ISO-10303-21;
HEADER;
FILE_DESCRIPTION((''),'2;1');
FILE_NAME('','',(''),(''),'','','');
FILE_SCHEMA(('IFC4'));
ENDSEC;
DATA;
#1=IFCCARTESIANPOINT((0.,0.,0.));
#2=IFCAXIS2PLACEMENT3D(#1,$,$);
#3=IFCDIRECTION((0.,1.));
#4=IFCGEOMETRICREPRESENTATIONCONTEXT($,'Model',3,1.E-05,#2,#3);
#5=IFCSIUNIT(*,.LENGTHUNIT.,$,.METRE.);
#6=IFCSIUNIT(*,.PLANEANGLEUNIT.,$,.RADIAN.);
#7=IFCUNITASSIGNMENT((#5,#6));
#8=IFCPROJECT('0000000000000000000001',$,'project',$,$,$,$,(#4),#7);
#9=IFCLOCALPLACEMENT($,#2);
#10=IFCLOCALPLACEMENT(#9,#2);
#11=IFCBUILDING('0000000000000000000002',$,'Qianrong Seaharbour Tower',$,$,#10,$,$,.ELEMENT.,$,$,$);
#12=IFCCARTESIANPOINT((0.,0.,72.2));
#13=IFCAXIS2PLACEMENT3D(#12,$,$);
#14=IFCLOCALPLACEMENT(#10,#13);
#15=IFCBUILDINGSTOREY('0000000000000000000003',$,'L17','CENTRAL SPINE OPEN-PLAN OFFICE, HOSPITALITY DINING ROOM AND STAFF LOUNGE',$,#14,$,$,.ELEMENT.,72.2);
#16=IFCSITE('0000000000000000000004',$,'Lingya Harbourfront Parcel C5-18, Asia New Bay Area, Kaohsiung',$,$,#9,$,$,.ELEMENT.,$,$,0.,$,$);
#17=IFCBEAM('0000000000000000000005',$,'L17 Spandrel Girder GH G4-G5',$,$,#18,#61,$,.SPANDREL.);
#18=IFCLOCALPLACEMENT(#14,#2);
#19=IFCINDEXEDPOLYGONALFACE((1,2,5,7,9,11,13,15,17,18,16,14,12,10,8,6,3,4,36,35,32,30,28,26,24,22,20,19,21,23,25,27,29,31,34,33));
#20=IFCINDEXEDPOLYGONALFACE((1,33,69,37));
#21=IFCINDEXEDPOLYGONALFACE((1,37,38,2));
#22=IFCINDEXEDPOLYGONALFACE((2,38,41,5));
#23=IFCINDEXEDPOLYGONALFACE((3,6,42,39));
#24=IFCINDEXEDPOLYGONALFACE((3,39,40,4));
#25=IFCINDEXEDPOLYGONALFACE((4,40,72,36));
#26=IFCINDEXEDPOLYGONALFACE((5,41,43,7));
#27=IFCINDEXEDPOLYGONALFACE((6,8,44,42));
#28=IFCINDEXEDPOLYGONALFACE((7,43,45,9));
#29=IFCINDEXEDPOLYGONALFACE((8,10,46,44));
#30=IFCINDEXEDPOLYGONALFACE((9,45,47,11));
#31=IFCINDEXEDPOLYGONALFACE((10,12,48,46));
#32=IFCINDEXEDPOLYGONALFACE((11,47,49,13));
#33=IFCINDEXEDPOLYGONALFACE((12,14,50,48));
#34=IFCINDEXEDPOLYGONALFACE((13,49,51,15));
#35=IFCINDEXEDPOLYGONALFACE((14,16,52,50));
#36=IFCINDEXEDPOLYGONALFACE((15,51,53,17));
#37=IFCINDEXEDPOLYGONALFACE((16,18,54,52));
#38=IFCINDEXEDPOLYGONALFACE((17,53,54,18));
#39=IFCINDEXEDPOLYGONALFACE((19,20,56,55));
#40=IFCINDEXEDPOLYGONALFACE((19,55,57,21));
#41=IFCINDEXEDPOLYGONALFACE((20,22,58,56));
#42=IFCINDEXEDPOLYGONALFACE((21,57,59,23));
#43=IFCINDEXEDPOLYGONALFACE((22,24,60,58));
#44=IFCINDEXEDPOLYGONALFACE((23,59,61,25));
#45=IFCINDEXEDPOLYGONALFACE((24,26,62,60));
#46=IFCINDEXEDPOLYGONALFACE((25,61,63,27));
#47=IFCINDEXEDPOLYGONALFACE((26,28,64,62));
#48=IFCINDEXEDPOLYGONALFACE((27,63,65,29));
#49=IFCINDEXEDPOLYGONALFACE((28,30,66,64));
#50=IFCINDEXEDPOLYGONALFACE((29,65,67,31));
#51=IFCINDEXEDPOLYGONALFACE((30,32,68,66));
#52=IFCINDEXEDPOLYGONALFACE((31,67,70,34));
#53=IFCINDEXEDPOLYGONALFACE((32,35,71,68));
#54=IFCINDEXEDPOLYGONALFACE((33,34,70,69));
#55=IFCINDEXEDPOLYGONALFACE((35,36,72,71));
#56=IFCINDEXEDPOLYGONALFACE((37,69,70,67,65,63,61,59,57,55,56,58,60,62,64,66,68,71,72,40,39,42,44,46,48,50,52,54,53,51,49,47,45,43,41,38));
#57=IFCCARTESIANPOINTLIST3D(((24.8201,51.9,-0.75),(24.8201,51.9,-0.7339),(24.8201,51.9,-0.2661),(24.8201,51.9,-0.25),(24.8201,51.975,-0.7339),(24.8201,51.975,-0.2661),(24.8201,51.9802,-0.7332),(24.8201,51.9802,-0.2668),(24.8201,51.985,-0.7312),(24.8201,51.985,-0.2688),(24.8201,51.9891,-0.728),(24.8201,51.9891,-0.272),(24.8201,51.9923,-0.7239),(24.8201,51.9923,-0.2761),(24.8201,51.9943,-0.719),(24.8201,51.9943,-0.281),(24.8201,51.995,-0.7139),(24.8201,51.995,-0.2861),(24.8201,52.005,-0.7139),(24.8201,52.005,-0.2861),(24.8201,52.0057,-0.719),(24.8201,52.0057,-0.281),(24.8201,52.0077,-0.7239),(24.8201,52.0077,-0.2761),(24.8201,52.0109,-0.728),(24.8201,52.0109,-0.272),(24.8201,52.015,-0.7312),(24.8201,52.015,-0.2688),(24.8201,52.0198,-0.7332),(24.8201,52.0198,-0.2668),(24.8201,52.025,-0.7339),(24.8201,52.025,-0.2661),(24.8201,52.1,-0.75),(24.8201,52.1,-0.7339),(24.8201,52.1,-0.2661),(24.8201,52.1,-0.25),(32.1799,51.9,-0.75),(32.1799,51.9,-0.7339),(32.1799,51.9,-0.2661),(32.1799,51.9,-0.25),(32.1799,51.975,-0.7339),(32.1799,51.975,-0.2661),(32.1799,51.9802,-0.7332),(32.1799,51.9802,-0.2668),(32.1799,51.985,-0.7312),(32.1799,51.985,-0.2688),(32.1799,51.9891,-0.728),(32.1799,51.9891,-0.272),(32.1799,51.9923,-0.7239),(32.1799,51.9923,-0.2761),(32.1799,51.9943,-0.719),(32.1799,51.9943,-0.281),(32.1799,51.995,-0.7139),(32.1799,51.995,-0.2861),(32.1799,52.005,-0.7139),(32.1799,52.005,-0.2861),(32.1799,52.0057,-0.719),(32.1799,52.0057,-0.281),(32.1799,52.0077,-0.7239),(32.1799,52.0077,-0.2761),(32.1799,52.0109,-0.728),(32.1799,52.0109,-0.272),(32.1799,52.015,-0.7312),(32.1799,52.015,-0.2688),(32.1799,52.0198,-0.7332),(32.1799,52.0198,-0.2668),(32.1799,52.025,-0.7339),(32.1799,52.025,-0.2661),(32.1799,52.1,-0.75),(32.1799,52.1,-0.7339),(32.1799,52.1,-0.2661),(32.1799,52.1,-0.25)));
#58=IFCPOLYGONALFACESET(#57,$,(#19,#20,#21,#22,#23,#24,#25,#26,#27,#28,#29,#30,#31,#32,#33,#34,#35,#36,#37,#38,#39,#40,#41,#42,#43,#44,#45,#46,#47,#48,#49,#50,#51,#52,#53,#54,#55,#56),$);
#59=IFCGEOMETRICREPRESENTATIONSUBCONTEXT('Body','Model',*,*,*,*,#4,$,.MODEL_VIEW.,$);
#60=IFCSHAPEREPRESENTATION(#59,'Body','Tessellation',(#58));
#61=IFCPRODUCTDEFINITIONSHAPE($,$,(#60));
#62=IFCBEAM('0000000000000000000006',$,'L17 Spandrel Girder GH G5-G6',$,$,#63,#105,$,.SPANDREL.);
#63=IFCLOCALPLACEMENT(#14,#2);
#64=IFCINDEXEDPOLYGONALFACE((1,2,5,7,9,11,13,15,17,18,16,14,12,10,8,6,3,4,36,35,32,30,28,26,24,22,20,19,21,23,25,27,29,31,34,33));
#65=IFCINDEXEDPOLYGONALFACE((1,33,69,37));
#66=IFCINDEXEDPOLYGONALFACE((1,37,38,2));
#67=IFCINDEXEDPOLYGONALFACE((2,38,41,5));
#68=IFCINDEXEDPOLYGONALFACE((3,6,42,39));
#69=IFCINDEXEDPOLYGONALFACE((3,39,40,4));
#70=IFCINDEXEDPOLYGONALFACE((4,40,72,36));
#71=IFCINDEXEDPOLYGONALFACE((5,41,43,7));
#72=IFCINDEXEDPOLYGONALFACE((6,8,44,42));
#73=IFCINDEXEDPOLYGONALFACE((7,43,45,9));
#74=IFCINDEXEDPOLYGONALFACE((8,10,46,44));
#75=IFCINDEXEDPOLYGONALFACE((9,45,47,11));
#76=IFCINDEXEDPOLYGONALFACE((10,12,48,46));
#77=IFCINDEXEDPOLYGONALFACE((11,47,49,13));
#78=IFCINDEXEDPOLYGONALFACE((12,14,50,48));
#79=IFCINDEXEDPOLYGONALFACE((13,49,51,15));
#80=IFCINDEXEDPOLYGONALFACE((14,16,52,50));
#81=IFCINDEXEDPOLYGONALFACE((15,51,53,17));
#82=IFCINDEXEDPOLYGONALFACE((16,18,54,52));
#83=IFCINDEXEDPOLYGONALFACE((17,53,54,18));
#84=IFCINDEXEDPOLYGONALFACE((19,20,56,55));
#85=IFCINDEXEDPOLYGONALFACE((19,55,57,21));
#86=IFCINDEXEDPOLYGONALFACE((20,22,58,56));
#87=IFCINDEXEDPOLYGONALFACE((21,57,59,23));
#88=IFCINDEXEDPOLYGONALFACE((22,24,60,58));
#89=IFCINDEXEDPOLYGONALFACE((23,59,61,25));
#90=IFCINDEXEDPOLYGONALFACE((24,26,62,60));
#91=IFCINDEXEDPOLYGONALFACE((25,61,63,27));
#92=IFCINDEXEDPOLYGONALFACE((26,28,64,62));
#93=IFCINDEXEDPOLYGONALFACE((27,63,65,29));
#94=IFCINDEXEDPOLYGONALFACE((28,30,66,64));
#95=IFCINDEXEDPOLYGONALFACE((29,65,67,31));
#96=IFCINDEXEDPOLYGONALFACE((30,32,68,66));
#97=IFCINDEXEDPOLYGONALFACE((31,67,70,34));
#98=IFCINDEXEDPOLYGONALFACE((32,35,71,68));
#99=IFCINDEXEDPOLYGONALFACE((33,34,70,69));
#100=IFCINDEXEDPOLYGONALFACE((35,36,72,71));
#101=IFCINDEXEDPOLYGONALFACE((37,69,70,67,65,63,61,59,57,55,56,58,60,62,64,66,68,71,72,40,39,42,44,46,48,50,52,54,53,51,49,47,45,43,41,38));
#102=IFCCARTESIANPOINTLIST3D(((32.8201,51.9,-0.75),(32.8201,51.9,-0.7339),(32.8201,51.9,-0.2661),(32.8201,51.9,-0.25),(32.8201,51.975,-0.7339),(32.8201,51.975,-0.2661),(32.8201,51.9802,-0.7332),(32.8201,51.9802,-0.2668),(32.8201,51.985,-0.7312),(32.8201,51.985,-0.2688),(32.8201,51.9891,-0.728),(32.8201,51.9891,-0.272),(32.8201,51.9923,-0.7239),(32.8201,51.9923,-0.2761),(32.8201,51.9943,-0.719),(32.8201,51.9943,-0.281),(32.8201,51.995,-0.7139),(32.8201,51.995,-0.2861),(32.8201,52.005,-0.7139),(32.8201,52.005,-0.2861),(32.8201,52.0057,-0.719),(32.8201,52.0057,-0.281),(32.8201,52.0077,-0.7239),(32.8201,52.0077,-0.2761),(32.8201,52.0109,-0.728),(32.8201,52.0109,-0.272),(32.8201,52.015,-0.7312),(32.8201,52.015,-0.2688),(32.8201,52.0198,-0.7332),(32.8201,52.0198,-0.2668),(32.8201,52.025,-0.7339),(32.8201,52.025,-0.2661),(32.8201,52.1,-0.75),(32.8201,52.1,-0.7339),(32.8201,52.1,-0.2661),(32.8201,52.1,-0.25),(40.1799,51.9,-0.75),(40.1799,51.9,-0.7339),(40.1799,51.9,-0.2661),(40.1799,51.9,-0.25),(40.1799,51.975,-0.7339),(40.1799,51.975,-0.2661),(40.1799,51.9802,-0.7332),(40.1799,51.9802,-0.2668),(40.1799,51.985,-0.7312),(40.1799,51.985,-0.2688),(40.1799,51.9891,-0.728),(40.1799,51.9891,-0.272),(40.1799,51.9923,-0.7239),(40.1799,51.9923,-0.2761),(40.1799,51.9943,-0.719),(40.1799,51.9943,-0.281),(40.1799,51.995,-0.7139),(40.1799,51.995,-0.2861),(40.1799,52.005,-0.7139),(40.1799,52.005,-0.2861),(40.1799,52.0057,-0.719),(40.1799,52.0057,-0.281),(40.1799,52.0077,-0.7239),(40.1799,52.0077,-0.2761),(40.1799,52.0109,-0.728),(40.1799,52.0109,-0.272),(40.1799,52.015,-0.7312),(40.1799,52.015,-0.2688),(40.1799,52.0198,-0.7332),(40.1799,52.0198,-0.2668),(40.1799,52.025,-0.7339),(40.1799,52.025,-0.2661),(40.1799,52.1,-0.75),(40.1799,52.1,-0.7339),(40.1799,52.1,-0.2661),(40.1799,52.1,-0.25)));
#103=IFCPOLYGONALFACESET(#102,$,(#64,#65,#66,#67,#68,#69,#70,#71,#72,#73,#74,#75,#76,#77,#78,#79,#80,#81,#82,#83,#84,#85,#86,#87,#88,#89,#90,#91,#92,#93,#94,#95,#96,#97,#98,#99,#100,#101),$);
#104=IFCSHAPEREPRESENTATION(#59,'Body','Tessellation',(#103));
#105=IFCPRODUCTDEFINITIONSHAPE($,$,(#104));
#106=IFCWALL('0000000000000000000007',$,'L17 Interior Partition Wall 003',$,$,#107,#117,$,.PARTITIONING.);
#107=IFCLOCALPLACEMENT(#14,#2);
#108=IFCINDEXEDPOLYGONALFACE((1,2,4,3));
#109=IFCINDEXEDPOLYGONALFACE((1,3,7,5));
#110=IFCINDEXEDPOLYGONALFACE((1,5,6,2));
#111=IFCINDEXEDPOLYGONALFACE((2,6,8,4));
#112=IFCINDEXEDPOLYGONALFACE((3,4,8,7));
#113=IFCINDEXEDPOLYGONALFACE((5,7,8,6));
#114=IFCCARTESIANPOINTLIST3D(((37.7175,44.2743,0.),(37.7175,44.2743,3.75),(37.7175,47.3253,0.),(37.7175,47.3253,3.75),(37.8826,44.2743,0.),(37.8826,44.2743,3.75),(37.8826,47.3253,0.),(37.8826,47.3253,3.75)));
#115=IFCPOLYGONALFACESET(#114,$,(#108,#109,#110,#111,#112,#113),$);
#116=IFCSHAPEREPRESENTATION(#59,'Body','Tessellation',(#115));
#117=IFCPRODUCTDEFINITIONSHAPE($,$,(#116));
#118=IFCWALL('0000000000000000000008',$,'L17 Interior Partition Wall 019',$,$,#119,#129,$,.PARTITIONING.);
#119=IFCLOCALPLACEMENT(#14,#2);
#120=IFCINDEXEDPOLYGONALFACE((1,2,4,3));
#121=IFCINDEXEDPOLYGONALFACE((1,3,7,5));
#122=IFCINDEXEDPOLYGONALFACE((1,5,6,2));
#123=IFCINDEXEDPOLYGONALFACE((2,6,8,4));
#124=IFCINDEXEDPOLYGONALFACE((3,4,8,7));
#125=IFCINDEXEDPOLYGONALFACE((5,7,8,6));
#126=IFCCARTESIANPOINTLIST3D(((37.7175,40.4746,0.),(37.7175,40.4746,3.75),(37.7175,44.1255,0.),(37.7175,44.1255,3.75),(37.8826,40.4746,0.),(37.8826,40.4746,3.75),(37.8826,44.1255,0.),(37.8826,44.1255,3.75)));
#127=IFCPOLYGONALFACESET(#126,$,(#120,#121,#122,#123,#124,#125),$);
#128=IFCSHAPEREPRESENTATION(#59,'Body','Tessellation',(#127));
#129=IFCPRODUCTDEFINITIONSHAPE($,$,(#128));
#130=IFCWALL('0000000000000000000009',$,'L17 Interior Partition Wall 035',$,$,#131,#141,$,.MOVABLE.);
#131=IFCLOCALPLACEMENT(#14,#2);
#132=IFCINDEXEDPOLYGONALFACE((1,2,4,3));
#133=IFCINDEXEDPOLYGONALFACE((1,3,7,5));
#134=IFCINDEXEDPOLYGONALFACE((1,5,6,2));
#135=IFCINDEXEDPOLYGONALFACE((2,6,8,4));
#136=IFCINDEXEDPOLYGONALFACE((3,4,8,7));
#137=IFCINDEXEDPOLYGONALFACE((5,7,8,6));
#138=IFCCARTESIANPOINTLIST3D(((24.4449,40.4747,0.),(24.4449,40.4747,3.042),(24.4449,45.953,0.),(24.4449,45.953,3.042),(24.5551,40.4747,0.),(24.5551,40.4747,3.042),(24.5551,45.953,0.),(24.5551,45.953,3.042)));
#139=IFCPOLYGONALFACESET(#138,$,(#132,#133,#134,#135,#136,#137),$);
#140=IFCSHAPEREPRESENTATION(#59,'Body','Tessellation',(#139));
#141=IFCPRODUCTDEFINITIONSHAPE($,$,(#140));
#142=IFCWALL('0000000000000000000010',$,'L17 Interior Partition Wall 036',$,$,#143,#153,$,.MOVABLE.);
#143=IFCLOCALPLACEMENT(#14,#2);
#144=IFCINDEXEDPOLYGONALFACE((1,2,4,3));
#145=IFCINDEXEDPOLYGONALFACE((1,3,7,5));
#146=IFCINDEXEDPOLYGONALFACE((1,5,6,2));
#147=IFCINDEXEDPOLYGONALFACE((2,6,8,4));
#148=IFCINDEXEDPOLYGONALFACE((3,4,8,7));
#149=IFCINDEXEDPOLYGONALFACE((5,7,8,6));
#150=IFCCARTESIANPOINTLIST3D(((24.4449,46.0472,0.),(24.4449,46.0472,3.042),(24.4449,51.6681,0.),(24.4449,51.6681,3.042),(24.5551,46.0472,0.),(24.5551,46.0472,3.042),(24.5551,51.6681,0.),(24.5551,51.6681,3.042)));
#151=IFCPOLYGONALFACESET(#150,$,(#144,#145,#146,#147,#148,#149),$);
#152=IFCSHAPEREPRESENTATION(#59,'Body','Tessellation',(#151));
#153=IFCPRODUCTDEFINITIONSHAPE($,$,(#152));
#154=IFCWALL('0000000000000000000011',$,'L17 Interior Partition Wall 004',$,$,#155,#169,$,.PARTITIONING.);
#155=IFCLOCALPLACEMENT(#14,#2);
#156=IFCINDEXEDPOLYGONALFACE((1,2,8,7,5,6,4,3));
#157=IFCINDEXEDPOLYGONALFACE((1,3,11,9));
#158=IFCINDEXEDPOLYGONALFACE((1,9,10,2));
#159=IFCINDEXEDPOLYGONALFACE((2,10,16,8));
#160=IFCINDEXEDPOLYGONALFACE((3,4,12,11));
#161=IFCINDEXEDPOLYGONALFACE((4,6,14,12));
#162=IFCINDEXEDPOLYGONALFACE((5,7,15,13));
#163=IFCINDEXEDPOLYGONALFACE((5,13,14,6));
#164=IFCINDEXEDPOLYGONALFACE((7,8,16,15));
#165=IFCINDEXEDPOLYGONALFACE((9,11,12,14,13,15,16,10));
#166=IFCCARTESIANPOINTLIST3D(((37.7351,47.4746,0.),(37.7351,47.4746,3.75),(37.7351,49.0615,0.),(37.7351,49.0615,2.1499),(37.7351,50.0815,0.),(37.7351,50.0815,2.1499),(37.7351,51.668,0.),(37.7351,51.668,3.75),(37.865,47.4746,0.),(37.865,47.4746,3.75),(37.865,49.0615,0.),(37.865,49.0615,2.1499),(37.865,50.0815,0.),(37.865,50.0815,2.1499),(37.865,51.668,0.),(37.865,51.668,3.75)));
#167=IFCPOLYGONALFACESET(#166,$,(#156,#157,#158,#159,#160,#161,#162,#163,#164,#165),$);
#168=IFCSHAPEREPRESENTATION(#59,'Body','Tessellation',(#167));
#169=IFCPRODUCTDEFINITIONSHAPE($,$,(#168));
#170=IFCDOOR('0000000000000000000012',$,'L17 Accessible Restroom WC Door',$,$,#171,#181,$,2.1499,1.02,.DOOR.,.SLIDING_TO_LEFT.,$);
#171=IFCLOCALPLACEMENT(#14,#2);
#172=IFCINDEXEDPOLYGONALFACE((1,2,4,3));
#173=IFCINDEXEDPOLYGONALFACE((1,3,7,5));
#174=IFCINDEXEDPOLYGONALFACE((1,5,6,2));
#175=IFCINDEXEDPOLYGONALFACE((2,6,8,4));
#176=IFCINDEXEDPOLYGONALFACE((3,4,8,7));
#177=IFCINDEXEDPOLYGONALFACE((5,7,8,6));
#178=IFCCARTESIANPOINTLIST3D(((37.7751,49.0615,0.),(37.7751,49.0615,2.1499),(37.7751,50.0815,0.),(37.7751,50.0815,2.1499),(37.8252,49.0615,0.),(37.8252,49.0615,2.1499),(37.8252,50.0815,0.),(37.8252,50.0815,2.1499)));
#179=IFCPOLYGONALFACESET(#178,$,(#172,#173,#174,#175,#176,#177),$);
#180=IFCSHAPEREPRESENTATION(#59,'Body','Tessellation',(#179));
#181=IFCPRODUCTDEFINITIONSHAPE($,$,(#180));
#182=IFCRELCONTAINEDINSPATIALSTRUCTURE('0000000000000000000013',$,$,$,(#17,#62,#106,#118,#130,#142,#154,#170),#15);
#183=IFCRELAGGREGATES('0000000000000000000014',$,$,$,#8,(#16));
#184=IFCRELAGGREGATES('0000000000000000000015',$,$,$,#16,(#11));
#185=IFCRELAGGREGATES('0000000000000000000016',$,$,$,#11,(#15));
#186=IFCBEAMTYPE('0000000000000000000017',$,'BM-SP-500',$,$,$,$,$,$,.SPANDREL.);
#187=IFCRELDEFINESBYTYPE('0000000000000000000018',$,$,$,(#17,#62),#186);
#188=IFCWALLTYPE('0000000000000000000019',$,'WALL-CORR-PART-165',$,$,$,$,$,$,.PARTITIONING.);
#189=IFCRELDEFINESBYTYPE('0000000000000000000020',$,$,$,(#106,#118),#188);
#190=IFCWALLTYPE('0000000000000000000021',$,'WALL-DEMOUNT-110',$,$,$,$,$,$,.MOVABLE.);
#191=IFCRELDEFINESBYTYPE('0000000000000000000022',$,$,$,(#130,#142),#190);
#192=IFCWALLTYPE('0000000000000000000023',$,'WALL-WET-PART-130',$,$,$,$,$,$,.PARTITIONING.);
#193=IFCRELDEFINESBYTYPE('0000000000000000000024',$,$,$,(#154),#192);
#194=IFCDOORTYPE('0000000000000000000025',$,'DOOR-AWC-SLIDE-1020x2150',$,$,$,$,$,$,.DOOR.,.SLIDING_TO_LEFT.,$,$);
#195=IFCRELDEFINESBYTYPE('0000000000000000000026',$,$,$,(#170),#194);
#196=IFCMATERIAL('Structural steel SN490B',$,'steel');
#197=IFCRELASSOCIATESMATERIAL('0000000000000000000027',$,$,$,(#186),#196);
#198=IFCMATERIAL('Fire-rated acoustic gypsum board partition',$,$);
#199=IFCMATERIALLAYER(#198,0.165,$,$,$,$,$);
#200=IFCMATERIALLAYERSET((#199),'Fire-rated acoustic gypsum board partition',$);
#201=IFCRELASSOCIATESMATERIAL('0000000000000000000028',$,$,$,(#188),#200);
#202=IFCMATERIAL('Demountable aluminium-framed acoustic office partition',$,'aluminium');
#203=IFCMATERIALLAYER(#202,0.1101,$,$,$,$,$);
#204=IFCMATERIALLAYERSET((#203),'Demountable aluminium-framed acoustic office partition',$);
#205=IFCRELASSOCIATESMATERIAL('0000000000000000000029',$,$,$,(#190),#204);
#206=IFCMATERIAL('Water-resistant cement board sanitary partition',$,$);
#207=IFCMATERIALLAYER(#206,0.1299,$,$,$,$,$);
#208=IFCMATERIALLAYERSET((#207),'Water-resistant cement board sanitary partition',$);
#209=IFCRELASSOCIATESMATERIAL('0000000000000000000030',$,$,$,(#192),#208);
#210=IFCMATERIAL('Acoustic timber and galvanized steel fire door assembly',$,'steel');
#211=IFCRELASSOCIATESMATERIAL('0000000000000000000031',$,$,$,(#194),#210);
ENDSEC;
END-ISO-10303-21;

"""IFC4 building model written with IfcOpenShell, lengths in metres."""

from ifc_helpers import new_model, si_unit, direction, frame, frame_2d, origin, origin_2d, place, context, subcontext, project, spatial, rectangle, i_section, extrude, material, layer, layer_set, material_profile, profile_set, type_object, element, fill, save


model = new_model("IFC4")

# Units and contexts
model_context = context("Model", 3, precision=1e-05, world=origin(), true_north=direction((0.0, 1.0)))
body_context = subcontext(model_context, "Body", "Model", "MODEL_VIEW")
ifc_project = project(units=[si_unit("LENGTHUNIT", "METRE"), si_unit("PLANEANGLEUNIT", "RADIAN")], contexts=[model_context])

# Site, building, storey
site_placement = place(None, origin())
site = spatial("IfcSite", under=ifc_project, at=site_placement, Name="Lingya Harbourfront Parcel C5-18, Asia New Bay Area, Kaohsiung", CompositionType="ELEMENT", RefElevation=0.0)
building_placement = place(site_placement, origin())
building = spatial("IfcBuilding", under=site, at=building_placement, Name="Qianrong Seaharbour Tower", CompositionType="ELEMENT")
storey_placement = place(building_placement, frame((0.0, 0.0, 72.2)))
storey = spatial("IfcBuildingStorey", under=building, at=storey_placement, Name="L17", Description="CENTRAL SPINE OPEN-PLAN OFFICE, HOSPITALITY DINING ROOM AND STAFF LOUNGE", CompositionType="ELEMENT", Elevation=72.2)

# Shared definitions
ifc_material_1 = material(Name="Structural steel SN490B", Category="steel")

# Beams
ifc_material_profile_1 = material_profile(ifc_material_1, i_section(OverallWidth=0.2, OverallDepth=0.5, WebThickness=0.01, FlangeThickness=0.0161, FilletRadius=0.02, at=origin_2d()), Name="H500x200x10x16")
ifc_profile_set_1 = profile_set([ifc_material_profile_1], Name="Structural steel SN490B")
beam_type_1 = type_object("IfcBeamType", Name="BM-SP-500", PredefinedType="SPANDREL", material=ifc_profile_set_1)
for number, where, z_axis, x_axis, name in (
    (1, (24.8201, 52.0, -0.5), (1.0, 0.0, 0.0), (0.0, 1.0, 0.0), "L17 Spandrel Girder GH G4-G5"),
    (2, (32.8201, 52.0, -0.5), (1.0, 0.0, 0.0), (0.0, 1.0, 0.0), "L17 Spandrel Girder GH G5-G6"),
):
    element("IfcBeam", number, at=place(storey_placement, frame(where, z_axis=z_axis, x_axis=x_axis)), inside=storey, type_object=beam_type_1, Name=name, PredefinedType="SPANDREL", context=body_context, shape_type="SweptSolid", body=[
        extrude(i_section(OverallWidth=0.2, OverallDepth=0.5, WebThickness=0.01, FlangeThickness=0.0161, FilletRadius=0.02, at=origin_2d()), origin(), (0.0, 0.0, 1.0), 7.3599),
    ])

# Shared definitions
ifc_material_2 = material(Name="Fire-rated acoustic gypsum board partition")
ifc_layer_1 = layer(ifc_material_2, 0.165)
ifc_layer_set_1 = layer_set([ifc_layer_1], Name="Fire-rated acoustic gypsum board partition")
wall_type_1 = type_object("IfcWallType", Name="WALL-CORR-PART-165", PredefinedType="PARTITIONING", material=ifc_layer_set_1)
ifc_material_3 = material(Name="Acoustic timber and galvanized steel fire door assembly", Category="steel")

# Walls
wall_1_placement = place(storey_placement, frame((37.8, 44.2744, 0.0), z_axis=(0.0, 0.0, 1.0), x_axis=(0.0, 1.0, 0.0)))
element("IfcWall", 3, at=wall_1_placement, inside=storey, type_object=wall_type_1, Name="L17 Interior Partition Wall 003", PredefinedType="PARTITIONING", context=body_context, shape_type="SweptSolid", body=[
    extrude(rectangle(XDim=3.051, YDim=0.165, at=frame_2d((1.5254, 0.0))), origin(), (0.0, 0.0, 1.0), 3.75),
])
wall_2_placement = place(storey_placement, frame((37.8, 40.4746, 0.0), z_axis=(0.0, 0.0, 1.0), x_axis=(0.0, 1.0, 0.0)))
element("IfcWall", 4, at=wall_2_placement, inside=storey, type_object=wall_type_1, Name="L17 Interior Partition Wall 019", PredefinedType="PARTITIONING", context=body_context, shape_type="SweptSolid", body=[
    extrude(rectangle(XDim=3.6509, YDim=0.165, at=frame_2d((1.8254, 0.0))), origin(), (0.0, 0.0, 1.0), 3.75),
])
ifc_material_4 = material(Name="Demountable aluminium-framed acoustic office partition", Category="aluminium")
ifc_layer_2 = layer(ifc_material_4, 0.1101)
ifc_layer_set_2 = layer_set([ifc_layer_2], Name="Demountable aluminium-framed acoustic office partition")
wall_type_2 = type_object("IfcWallType", Name="WALL-DEMOUNT-110", PredefinedType="MOVABLE", material=ifc_layer_set_2)
wall_3_placement = place(storey_placement, frame((24.5, 40.4746, 0.0), z_axis=(0.0, 0.0, 1.0), x_axis=(0.0, 1.0, 0.0)))
element("IfcWall", 5, at=wall_3_placement, inside=storey, type_object=wall_type_2, Name="L17 Interior Partition Wall 035", PredefinedType="MOVABLE", context=body_context, shape_type="SweptSolid", body=[
    extrude(rectangle(XDim=5.4783, YDim=0.1101, at=frame_2d((2.7393, 0.0))), origin(), (0.0, 0.0, 1.0), 3.042),
])
wall_4_placement = place(storey_placement, frame((24.5, 46.0471, 0.0), z_axis=(0.0, 0.0, 1.0), x_axis=(0.0, 1.0, 0.0)))
element("IfcWall", 6, at=wall_4_placement, inside=storey, type_object=wall_type_2, Name="L17 Interior Partition Wall 036", PredefinedType="MOVABLE", context=body_context, shape_type="SweptSolid", body=[
    extrude(rectangle(XDim=5.6208, YDim=0.1101, at=frame_2d((2.8105, 0.0))), origin(), (0.0, 0.0, 1.0), 3.042),
])

# Wall, opening, door
ifc_material_5 = material(Name="Water-resistant cement board sanitary partition")
ifc_layer_3 = layer(ifc_material_5, 0.1299)
ifc_layer_set_3 = layer_set([ifc_layer_3], Name="Water-resistant cement board sanitary partition")
wall_type_3 = type_object("IfcWallType", Name="WALL-WET-PART-130", PredefinedType="PARTITIONING", material=ifc_layer_set_3)
wall_5_placement = place(storey_placement, frame((37.8, 47.4746, 0.0), z_axis=(0.0, 0.0, 1.0), x_axis=(0.0, 1.0, 0.0)))
wall_5 = element("IfcWall", 7, at=wall_5_placement, inside=storey, type_object=wall_type_3, Name="L17 Interior Partition Wall 004", PredefinedType="PARTITIONING", context=body_context, shape_type="SweptSolid", body=[
    extrude(rectangle(XDim=4.1934, YDim=0.1299, at=frame_2d((2.0967, 0.0))), origin(), (0.0, 0.0, 1.0), 3.75),
])
opening_1_placement = place(wall_5_placement, frame((1.5869, 0.0, 0.0)))
opening_1 = element("IfcOpeningElement", 8, at=opening_1_placement, cuts=wall_5, PredefinedType="OPENING", context=body_context, shape_type="SweptSolid", body=[
    extrude(rectangle(XDim=1.02, YDim=2.1499, at=frame_2d((0.51, 1.075))), frame((0.0, 0.075, 0.0), z_axis=(0.0, -1.0, 0.0), x_axis=(1.0, 0.0, 0.0)), (0.0, 0.0, 1.0), 0.1499),
])
door_type_1 = type_object("IfcDoorType", Name="DOOR-AWC-SLIDE-1020x2150", OperationType="SLIDING_TO_LEFT", PredefinedType="DOOR", material=ifc_material_3)
door_1_placement = place(opening_1_placement, origin())
door_1 = element("IfcDoor", 9, at=door_1_placement, inside=storey, type_object=door_type_1, Name="L17 Accessible Restroom WC Door", OperationType="SLIDING_TO_LEFT", OverallHeight=2.1499, OverallWidth=1.02, PredefinedType="DOOR", context=body_context, shape_type="SweptSolid", body=[
    extrude(rectangle(XDim=1.02, YDim=2.1499, at=frame_2d((0.51, 1.075))), frame((0.0, 0.0249, 0.0), z_axis=(0.0, -1.0, 0.0), x_axis=(1.0, 0.0, 0.0)), (0.0, 0.0, 1.0), 0.05),
])
fill(opening_1, door_1)

save(model, "model.ifc")
